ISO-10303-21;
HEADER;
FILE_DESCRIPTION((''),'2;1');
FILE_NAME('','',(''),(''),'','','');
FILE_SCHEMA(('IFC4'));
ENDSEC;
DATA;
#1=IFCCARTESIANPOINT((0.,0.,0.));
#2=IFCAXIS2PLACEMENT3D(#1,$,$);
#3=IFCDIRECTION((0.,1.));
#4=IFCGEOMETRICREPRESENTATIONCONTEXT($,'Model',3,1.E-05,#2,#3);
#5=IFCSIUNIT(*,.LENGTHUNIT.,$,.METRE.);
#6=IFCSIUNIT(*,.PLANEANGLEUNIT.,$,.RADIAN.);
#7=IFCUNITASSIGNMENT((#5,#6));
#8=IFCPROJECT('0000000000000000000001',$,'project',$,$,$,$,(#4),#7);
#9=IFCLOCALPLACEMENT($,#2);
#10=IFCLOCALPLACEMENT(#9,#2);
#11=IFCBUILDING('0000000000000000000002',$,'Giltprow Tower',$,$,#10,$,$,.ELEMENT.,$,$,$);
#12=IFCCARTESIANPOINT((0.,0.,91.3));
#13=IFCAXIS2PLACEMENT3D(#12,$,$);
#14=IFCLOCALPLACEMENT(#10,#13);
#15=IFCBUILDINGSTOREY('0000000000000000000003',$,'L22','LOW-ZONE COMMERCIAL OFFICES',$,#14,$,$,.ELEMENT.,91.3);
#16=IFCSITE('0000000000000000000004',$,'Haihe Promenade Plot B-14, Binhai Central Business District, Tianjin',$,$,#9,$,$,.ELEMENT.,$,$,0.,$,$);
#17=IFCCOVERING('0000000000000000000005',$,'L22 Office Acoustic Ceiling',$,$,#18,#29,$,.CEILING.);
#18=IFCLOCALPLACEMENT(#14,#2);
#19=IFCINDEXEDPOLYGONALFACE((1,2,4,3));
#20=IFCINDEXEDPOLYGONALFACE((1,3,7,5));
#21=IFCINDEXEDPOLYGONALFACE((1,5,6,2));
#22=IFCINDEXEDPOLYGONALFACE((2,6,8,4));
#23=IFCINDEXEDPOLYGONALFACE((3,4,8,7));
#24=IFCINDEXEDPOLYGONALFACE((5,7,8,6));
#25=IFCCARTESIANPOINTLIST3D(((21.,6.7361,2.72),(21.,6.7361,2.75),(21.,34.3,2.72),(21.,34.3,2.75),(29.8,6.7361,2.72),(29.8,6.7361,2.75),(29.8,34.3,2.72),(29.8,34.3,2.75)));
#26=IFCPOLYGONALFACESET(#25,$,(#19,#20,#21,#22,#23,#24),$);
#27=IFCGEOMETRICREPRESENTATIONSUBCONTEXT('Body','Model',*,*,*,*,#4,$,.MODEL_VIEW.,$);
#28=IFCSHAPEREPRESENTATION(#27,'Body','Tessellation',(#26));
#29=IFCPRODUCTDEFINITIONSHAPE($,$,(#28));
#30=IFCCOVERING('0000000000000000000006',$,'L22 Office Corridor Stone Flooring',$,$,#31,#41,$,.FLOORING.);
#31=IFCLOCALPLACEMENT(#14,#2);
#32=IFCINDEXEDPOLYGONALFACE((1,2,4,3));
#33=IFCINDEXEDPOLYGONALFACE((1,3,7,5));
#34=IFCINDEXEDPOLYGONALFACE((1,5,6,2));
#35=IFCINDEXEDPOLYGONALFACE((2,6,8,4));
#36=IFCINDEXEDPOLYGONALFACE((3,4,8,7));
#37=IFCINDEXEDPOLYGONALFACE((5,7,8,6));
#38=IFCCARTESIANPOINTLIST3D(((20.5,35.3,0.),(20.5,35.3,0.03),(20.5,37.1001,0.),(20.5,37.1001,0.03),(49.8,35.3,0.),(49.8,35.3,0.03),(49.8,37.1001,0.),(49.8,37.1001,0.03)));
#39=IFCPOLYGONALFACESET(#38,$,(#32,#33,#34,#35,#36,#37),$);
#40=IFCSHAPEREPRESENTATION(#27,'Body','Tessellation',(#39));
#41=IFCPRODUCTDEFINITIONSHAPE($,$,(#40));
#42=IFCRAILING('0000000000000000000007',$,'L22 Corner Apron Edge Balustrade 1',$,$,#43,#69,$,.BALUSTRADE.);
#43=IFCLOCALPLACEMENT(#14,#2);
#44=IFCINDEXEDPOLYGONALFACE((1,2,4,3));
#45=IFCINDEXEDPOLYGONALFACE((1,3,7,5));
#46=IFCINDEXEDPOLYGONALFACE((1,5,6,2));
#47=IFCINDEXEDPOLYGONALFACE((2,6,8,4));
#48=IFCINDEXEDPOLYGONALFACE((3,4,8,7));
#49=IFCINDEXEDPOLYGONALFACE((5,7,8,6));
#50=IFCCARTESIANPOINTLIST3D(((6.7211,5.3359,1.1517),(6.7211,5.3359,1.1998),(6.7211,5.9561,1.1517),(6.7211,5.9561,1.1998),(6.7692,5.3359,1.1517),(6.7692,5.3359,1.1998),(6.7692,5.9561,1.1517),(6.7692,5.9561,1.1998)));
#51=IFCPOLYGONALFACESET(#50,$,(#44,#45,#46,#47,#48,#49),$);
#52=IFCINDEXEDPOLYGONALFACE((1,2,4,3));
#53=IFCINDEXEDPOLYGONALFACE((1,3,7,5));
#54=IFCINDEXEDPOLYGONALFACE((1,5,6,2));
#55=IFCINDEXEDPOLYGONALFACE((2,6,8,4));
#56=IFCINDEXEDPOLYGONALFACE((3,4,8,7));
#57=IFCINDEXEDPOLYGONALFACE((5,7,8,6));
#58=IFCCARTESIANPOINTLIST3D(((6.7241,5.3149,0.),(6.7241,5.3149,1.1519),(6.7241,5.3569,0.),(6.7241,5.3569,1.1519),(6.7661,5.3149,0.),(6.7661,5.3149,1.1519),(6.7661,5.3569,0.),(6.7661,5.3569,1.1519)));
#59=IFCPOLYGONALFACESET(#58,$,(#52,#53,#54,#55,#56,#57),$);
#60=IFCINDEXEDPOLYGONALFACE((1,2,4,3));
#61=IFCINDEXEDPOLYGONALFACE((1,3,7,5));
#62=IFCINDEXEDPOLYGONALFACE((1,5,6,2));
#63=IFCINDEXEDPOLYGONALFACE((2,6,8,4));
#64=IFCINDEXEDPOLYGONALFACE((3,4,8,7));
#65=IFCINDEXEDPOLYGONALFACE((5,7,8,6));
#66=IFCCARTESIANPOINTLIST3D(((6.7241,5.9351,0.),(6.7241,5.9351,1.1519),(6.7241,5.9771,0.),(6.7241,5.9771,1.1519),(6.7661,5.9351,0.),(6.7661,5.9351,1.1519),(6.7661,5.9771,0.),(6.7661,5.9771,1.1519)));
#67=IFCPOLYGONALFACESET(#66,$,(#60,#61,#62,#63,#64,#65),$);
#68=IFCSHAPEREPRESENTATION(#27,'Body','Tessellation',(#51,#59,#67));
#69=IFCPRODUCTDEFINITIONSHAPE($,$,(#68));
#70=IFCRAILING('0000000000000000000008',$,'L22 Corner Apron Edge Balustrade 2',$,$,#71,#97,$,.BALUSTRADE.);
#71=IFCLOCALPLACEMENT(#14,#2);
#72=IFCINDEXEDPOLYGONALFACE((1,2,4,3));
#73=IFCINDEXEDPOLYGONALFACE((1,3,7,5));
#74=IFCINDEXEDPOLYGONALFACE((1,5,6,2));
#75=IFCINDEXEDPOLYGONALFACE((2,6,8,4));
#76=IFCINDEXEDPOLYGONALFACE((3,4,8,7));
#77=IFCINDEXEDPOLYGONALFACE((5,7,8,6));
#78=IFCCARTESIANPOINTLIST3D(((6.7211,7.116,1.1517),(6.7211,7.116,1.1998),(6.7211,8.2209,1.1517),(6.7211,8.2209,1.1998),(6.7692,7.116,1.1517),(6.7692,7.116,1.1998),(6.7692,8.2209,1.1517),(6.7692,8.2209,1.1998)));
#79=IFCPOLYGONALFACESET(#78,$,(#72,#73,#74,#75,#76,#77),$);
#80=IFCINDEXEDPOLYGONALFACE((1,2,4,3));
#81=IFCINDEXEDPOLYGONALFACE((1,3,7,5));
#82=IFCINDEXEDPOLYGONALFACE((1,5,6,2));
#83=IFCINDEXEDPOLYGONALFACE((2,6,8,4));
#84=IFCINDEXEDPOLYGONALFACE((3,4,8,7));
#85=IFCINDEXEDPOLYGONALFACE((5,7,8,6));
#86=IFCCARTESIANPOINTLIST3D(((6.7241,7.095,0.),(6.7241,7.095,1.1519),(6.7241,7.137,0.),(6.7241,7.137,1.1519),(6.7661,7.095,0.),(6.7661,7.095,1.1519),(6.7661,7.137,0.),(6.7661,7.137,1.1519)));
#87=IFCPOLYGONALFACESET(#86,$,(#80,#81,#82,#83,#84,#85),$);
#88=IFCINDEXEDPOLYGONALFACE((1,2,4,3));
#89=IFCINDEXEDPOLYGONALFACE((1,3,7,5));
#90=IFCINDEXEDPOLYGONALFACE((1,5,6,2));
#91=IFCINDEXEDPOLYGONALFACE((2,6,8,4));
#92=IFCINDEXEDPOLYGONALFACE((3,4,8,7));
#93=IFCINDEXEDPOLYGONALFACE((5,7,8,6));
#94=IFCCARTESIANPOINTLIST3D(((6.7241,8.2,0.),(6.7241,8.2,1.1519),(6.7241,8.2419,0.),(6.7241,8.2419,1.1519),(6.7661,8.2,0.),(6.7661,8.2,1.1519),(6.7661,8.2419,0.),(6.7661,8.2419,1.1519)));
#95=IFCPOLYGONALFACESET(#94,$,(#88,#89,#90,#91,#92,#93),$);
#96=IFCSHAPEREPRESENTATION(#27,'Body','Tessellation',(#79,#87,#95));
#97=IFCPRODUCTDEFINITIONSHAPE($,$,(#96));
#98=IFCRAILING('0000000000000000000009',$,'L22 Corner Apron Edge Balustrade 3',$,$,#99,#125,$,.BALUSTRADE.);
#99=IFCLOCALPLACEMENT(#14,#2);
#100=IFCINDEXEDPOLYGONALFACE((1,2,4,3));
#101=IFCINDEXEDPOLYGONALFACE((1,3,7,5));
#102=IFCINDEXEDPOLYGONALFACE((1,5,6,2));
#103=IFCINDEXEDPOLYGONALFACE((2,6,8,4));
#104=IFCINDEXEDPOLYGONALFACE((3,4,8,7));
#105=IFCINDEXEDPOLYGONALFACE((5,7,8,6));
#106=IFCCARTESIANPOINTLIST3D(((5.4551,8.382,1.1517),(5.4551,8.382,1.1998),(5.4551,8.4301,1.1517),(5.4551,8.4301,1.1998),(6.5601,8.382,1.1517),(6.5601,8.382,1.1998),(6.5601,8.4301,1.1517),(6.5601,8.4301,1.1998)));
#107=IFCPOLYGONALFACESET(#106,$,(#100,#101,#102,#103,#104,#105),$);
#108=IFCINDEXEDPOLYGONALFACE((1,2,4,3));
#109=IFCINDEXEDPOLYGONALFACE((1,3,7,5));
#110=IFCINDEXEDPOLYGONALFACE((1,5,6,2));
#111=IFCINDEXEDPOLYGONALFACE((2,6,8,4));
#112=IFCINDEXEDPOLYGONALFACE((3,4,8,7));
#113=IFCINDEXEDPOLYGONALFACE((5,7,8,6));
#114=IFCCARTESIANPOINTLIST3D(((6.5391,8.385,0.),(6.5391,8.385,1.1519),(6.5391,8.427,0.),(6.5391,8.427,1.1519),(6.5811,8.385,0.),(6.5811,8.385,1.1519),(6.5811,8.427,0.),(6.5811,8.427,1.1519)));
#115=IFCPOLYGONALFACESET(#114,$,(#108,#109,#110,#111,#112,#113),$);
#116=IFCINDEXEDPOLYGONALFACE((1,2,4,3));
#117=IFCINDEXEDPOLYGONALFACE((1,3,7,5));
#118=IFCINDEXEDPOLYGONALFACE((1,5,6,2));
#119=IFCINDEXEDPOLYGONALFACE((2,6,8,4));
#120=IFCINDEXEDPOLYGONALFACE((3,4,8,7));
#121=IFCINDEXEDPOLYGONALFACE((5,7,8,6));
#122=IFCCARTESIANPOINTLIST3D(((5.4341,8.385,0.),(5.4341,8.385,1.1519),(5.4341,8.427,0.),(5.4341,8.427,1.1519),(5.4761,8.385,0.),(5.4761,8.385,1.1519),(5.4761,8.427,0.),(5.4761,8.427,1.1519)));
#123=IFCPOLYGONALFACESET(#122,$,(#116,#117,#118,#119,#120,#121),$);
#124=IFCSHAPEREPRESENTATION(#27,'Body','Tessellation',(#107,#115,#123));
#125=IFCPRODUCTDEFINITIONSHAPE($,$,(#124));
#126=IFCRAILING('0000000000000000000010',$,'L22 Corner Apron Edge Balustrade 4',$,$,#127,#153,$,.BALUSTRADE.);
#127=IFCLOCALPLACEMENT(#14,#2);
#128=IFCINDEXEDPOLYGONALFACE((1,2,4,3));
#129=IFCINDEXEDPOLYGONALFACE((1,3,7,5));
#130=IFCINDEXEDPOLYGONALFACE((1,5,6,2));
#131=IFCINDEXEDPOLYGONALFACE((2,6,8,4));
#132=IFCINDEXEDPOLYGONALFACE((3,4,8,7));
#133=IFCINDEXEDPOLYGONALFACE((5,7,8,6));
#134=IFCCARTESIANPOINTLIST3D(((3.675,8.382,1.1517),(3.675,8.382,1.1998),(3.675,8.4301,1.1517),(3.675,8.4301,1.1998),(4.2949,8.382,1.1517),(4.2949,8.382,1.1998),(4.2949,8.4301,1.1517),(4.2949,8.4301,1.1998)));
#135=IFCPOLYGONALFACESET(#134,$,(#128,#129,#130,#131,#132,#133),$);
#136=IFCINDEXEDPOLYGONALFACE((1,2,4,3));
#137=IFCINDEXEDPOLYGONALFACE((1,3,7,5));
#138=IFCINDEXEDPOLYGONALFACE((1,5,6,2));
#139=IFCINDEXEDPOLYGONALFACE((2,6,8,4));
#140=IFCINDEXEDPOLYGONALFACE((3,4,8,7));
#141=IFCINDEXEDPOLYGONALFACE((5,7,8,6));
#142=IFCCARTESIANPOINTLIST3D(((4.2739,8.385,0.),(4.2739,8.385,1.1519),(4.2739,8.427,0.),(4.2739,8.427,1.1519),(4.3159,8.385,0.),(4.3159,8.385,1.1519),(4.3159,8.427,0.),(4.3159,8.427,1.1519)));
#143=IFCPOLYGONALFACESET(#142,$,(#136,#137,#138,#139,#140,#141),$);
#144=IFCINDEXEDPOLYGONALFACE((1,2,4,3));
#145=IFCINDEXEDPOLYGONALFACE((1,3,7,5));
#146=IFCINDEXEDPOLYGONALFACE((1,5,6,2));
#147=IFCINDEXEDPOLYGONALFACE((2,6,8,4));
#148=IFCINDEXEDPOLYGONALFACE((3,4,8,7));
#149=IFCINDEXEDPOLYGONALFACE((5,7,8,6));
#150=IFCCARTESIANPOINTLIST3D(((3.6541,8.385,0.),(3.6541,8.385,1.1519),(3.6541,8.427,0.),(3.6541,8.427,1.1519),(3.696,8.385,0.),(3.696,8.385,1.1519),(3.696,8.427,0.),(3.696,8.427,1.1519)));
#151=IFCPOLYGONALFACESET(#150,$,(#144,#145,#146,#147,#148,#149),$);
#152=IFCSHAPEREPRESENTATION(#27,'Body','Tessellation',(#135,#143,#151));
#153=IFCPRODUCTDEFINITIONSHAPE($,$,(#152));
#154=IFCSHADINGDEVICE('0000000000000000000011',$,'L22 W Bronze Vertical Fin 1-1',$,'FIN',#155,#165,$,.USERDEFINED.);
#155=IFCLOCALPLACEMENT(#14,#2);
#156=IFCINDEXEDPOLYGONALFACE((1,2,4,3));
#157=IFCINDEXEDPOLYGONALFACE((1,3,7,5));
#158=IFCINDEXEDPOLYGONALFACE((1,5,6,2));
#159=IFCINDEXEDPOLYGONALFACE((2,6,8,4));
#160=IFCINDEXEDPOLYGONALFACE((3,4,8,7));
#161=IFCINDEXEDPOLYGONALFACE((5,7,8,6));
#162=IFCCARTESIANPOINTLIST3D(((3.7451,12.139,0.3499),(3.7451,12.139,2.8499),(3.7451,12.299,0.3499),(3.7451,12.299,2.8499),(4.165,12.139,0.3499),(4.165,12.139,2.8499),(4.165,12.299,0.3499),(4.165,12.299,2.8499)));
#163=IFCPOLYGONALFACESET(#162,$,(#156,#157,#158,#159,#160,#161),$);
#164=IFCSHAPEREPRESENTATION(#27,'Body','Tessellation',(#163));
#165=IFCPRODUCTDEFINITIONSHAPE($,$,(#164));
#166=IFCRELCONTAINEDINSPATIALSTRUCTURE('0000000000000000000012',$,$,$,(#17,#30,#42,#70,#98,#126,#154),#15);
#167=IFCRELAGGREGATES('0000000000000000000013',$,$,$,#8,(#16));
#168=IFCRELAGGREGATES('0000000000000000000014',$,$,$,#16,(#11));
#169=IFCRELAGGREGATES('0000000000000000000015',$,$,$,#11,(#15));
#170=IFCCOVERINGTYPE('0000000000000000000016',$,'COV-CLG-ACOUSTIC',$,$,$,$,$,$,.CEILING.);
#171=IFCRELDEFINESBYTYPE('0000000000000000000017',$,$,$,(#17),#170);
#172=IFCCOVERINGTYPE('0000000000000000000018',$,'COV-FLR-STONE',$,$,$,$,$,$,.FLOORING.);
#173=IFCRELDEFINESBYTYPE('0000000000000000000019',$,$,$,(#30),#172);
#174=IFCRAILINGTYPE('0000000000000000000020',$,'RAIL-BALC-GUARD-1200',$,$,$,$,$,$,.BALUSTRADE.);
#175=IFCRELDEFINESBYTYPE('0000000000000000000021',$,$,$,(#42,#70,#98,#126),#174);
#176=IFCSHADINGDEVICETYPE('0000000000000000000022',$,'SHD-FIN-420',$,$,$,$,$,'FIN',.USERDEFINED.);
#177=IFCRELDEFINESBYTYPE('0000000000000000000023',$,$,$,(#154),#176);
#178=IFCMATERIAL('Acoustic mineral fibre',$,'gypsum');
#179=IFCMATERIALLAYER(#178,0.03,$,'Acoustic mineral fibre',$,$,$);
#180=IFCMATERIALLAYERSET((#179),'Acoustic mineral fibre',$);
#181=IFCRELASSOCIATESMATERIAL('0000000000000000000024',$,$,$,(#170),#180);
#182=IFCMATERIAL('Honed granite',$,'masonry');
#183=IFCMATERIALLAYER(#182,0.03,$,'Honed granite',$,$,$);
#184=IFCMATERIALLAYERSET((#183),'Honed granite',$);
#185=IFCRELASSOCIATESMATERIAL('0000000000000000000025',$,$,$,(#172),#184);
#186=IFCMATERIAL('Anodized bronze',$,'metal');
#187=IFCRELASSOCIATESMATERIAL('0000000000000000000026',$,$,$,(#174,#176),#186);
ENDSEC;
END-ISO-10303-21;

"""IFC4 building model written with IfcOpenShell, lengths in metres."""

from ifc_helpers import new_model, si_unit, direction, frame, origin, origin_2d, place, context, subcontext, project, spatial, polyline, rectangle, outline, extrude, source, transform, mapped, material, layer, layer_set, type_object, element, save


model = new_model("IFC4")

# Units and contexts
model_context = context("Model", 3, precision=1e-05, world=origin(), true_north=direction((0.0, 1.0)))
body_context = subcontext(model_context, "Body", "Model", "MODEL_VIEW")
ifc_project = project(units=[si_unit("LENGTHUNIT", "METRE"), si_unit("PLANEANGLEUNIT", "RADIAN")], contexts=[model_context])

# Site, building, storey
site_placement = place(None, origin())
site = spatial("IfcSite", under=ifc_project, at=site_placement, Name="Haihe Promenade Plot B-14, Binhai Central Business District, Tianjin", CompositionType="ELEMENT", RefElevation=0.0)
building_placement = place(site_placement, origin())
building = spatial("IfcBuilding", under=site, at=building_placement, Name="Giltprow Tower", CompositionType="ELEMENT")
storey_placement = place(building_placement, frame((0.0, 0.0, 91.3)))
storey = spatial("IfcBuildingStorey", under=building, at=storey_placement, Name="L22", Description="LOW-ZONE COMMERCIAL OFFICES", CompositionType="ELEMENT", Elevation=91.3)

# Shared definitions
ifc_material_1 = material(Name="Anodized bronze", Category="metal")

# Coverings
ifc_material_2 = material(Name="Acoustic mineral fibre", Category="gypsum")
ifc_layer_1 = layer(ifc_material_2, 0.03, Name="Acoustic mineral fibre")
ifc_layer_set_1 = layer_set([ifc_layer_1], Name="Acoustic mineral fibre")
covering_type_1 = type_object("IfcCoveringType", Name="COV-CLG-ACOUSTIC", PredefinedType="CEILING", material=ifc_layer_set_1)
covering_1_placement = place(storey_placement, frame((0.0, 0.0, 2.72)))
element("IfcCovering", 1, at=covering_1_placement, inside=storey, type_object=covering_type_1, Name="L22 Office Acoustic Ceiling", PredefinedType="CEILING", context=body_context, shape_type="SweptSolid", body=[
    extrude(outline(polyline([(21.0, 6.7361), (29.8, 6.7361), (29.8, 34.3), (21.0, 34.3), (21.0, 6.7361)])), origin(), (0.0, 0.0, 1.0), 0.03),
])
ifc_material_3 = material(Name="Honed granite", Category="masonry")
ifc_layer_2 = layer(ifc_material_3, 0.03, Name="Honed granite")
ifc_layer_set_2 = layer_set([ifc_layer_2], Name="Honed granite")
covering_type_2 = type_object("IfcCoveringType", Name="COV-FLR-STONE", PredefinedType="FLOORING", material=ifc_layer_set_2)
covering_2_placement = place(storey_placement, origin())
element("IfcCovering", 2, at=covering_2_placement, inside=storey, type_object=covering_type_2, Name="L22 Office Corridor Stone Flooring", PredefinedType="FLOORING", context=body_context, shape_type="SweptSolid", body=[
    extrude(outline(polyline([(20.5, 35.3), (49.8, 35.3), (49.8, 37.1001), (20.5, 37.1001), (20.5, 35.3)])), origin(), (0.0, 0.0, 1.0), 0.03),
])

# Railings
railing_type = type_object("IfcRailingType", Name="RAIL-BALC-GUARD-1200", PredefinedType="BALUSTRADE", material=ifc_material_1)
railing_1_placement = place(storey_placement, frame((6.7451, 5.3359, 0.0)))
element("IfcRailing", 3, at=railing_1_placement, inside=storey, type_object=railing_type, Name="L22 Corner Apron Edge Balustrade 1", PredefinedType="BALUSTRADE", context=body_context, shape_type="SweptSolid", body=[
    extrude(rectangle(XDim=0.0481, YDim=0.0481, at=origin_2d()), frame((0.0, 0.0, 1.1758), z_axis=(0.0, 1.0, 0.0), x_axis=(-1.0, 0.0, 0.0)), (0.0, 0.0, 1.0), 0.6201),
    extrude(rectangle(XDim=0.042, YDim=0.042, at=origin_2d()), origin(), (0.0, 0.0, 1.0), 1.1519),
    extrude(rectangle(XDim=0.042, YDim=0.042, at=origin_2d()), frame((0.0, 0.6201, 0.0)), (0.0, 0.0, 1.0), 1.1519),
])
railing_2_placement = place(storey_placement, frame((6.7451, 7.116, 0.0)))
element("IfcRailing", 4, at=railing_2_placement, inside=storey, type_object=railing_type, Name="L22 Corner Apron Edge Balustrade 2", PredefinedType="BALUSTRADE", context=body_context, shape_type="SweptSolid", body=[
    extrude(rectangle(XDim=0.0481, YDim=0.0481, at=origin_2d()), frame((0.0, 0.0, 1.1758), z_axis=(0.0, 1.0, 0.0), x_axis=(-1.0, 0.0, 0.0)), (0.0, 0.0, 1.0), 1.105),
    extrude(rectangle(XDim=0.042, YDim=0.042, at=origin_2d()), origin(), (0.0, 0.0, 1.0), 1.1519),
    extrude(rectangle(XDim=0.042, YDim=0.042, at=origin_2d()), frame((0.0, 1.105, 0.0)), (0.0, 0.0, 1.0), 1.1519),
])
railing_3_placement = place(storey_placement, frame((6.5601, 8.406, 0.0)))
element("IfcRailing", 5, at=railing_3_placement, inside=storey, type_object=railing_type, Name="L22 Corner Apron Edge Balustrade 3", PredefinedType="BALUSTRADE", context=body_context, shape_type="SweptSolid", body=[
    extrude(rectangle(XDim=0.0481, YDim=0.0481, at=origin_2d()), frame((0.0, 0.0, 1.1758), z_axis=(-1.0, 0.0, 0.0), x_axis=(0.0, -1.0, 0.0)), (0.0, 0.0, 1.0), 1.105),
    extrude(rectangle(XDim=0.042, YDim=0.042, at=origin_2d()), origin(), (0.0, 0.0, 1.0), 1.1519),
    extrude(rectangle(XDim=0.042, YDim=0.042, at=origin_2d()), frame((-1.105, 0.0, 0.0)), (0.0, 0.0, 1.0), 1.1519),
])
railing_4_placement = place(storey_placement, frame((4.2949, 8.406, 0.0)))
element("IfcRailing", 6, at=railing_4_placement, inside=storey, type_object=railing_type, Name="L22 Corner Apron Edge Balustrade 4", PredefinedType="BALUSTRADE", context=body_context, shape_type="SweptSolid", body=[
    extrude(rectangle(XDim=0.0481, YDim=0.0481, at=origin_2d()), frame((0.0, 0.0, 1.1758), z_axis=(-1.0, 0.0, 0.0), x_axis=(0.0, -1.0, 0.0)), (0.0, 0.0, 1.0), 0.6199),
    extrude(rectangle(XDim=0.042, YDim=0.042, at=origin_2d()), origin(), (0.0, 0.0, 1.0), 1.1519),
    extrude(rectangle(XDim=0.042, YDim=0.042, at=origin_2d()), frame((-0.6199, 0.0, 0.0)), (0.0, 0.0, 1.0), 1.1519),
])

# Shading device
shading_device_type = type_object("IfcShadingDeviceType", Name="SHD-FIN-420", ElementType="FIN", PredefinedType="USERDEFINED", material=ifc_material_1)
shared_shape_1 = source(origin(), body_context, "Body", "SweptSolid", [
    extrude(rectangle(XDim=0.4199, YDim=0.1599, at=origin_2d()), origin(), (0.0, 0.0, 1.0), 2.5),
])
shading_device_placement = place(storey_placement, frame((3.9551, 12.219, 0.3499), z_axis=(0.0, 0.0, 1.0), x_axis=(1.0, 0.0, 0.0)))
element("IfcShadingDevice", 7, at=shading_device_placement, inside=storey, type_object=shading_device_type, Name="L22 W Bronze Vertical Fin 1-1", ObjectType="FIN", PredefinedType="USERDEFINED", context=body_context, shape_type="MappedRepresentation", body=[
    mapped(shared_shape_1, transform((0.0, 0.0, 0.0), x_axis=(1.0, 0.0, 0.0), y_axis=(0.0, 1.0, 0.0), z_axis=(0.0, 0.0, 1.0), scale=1.0)),
])

save(model, "model.ifc")
